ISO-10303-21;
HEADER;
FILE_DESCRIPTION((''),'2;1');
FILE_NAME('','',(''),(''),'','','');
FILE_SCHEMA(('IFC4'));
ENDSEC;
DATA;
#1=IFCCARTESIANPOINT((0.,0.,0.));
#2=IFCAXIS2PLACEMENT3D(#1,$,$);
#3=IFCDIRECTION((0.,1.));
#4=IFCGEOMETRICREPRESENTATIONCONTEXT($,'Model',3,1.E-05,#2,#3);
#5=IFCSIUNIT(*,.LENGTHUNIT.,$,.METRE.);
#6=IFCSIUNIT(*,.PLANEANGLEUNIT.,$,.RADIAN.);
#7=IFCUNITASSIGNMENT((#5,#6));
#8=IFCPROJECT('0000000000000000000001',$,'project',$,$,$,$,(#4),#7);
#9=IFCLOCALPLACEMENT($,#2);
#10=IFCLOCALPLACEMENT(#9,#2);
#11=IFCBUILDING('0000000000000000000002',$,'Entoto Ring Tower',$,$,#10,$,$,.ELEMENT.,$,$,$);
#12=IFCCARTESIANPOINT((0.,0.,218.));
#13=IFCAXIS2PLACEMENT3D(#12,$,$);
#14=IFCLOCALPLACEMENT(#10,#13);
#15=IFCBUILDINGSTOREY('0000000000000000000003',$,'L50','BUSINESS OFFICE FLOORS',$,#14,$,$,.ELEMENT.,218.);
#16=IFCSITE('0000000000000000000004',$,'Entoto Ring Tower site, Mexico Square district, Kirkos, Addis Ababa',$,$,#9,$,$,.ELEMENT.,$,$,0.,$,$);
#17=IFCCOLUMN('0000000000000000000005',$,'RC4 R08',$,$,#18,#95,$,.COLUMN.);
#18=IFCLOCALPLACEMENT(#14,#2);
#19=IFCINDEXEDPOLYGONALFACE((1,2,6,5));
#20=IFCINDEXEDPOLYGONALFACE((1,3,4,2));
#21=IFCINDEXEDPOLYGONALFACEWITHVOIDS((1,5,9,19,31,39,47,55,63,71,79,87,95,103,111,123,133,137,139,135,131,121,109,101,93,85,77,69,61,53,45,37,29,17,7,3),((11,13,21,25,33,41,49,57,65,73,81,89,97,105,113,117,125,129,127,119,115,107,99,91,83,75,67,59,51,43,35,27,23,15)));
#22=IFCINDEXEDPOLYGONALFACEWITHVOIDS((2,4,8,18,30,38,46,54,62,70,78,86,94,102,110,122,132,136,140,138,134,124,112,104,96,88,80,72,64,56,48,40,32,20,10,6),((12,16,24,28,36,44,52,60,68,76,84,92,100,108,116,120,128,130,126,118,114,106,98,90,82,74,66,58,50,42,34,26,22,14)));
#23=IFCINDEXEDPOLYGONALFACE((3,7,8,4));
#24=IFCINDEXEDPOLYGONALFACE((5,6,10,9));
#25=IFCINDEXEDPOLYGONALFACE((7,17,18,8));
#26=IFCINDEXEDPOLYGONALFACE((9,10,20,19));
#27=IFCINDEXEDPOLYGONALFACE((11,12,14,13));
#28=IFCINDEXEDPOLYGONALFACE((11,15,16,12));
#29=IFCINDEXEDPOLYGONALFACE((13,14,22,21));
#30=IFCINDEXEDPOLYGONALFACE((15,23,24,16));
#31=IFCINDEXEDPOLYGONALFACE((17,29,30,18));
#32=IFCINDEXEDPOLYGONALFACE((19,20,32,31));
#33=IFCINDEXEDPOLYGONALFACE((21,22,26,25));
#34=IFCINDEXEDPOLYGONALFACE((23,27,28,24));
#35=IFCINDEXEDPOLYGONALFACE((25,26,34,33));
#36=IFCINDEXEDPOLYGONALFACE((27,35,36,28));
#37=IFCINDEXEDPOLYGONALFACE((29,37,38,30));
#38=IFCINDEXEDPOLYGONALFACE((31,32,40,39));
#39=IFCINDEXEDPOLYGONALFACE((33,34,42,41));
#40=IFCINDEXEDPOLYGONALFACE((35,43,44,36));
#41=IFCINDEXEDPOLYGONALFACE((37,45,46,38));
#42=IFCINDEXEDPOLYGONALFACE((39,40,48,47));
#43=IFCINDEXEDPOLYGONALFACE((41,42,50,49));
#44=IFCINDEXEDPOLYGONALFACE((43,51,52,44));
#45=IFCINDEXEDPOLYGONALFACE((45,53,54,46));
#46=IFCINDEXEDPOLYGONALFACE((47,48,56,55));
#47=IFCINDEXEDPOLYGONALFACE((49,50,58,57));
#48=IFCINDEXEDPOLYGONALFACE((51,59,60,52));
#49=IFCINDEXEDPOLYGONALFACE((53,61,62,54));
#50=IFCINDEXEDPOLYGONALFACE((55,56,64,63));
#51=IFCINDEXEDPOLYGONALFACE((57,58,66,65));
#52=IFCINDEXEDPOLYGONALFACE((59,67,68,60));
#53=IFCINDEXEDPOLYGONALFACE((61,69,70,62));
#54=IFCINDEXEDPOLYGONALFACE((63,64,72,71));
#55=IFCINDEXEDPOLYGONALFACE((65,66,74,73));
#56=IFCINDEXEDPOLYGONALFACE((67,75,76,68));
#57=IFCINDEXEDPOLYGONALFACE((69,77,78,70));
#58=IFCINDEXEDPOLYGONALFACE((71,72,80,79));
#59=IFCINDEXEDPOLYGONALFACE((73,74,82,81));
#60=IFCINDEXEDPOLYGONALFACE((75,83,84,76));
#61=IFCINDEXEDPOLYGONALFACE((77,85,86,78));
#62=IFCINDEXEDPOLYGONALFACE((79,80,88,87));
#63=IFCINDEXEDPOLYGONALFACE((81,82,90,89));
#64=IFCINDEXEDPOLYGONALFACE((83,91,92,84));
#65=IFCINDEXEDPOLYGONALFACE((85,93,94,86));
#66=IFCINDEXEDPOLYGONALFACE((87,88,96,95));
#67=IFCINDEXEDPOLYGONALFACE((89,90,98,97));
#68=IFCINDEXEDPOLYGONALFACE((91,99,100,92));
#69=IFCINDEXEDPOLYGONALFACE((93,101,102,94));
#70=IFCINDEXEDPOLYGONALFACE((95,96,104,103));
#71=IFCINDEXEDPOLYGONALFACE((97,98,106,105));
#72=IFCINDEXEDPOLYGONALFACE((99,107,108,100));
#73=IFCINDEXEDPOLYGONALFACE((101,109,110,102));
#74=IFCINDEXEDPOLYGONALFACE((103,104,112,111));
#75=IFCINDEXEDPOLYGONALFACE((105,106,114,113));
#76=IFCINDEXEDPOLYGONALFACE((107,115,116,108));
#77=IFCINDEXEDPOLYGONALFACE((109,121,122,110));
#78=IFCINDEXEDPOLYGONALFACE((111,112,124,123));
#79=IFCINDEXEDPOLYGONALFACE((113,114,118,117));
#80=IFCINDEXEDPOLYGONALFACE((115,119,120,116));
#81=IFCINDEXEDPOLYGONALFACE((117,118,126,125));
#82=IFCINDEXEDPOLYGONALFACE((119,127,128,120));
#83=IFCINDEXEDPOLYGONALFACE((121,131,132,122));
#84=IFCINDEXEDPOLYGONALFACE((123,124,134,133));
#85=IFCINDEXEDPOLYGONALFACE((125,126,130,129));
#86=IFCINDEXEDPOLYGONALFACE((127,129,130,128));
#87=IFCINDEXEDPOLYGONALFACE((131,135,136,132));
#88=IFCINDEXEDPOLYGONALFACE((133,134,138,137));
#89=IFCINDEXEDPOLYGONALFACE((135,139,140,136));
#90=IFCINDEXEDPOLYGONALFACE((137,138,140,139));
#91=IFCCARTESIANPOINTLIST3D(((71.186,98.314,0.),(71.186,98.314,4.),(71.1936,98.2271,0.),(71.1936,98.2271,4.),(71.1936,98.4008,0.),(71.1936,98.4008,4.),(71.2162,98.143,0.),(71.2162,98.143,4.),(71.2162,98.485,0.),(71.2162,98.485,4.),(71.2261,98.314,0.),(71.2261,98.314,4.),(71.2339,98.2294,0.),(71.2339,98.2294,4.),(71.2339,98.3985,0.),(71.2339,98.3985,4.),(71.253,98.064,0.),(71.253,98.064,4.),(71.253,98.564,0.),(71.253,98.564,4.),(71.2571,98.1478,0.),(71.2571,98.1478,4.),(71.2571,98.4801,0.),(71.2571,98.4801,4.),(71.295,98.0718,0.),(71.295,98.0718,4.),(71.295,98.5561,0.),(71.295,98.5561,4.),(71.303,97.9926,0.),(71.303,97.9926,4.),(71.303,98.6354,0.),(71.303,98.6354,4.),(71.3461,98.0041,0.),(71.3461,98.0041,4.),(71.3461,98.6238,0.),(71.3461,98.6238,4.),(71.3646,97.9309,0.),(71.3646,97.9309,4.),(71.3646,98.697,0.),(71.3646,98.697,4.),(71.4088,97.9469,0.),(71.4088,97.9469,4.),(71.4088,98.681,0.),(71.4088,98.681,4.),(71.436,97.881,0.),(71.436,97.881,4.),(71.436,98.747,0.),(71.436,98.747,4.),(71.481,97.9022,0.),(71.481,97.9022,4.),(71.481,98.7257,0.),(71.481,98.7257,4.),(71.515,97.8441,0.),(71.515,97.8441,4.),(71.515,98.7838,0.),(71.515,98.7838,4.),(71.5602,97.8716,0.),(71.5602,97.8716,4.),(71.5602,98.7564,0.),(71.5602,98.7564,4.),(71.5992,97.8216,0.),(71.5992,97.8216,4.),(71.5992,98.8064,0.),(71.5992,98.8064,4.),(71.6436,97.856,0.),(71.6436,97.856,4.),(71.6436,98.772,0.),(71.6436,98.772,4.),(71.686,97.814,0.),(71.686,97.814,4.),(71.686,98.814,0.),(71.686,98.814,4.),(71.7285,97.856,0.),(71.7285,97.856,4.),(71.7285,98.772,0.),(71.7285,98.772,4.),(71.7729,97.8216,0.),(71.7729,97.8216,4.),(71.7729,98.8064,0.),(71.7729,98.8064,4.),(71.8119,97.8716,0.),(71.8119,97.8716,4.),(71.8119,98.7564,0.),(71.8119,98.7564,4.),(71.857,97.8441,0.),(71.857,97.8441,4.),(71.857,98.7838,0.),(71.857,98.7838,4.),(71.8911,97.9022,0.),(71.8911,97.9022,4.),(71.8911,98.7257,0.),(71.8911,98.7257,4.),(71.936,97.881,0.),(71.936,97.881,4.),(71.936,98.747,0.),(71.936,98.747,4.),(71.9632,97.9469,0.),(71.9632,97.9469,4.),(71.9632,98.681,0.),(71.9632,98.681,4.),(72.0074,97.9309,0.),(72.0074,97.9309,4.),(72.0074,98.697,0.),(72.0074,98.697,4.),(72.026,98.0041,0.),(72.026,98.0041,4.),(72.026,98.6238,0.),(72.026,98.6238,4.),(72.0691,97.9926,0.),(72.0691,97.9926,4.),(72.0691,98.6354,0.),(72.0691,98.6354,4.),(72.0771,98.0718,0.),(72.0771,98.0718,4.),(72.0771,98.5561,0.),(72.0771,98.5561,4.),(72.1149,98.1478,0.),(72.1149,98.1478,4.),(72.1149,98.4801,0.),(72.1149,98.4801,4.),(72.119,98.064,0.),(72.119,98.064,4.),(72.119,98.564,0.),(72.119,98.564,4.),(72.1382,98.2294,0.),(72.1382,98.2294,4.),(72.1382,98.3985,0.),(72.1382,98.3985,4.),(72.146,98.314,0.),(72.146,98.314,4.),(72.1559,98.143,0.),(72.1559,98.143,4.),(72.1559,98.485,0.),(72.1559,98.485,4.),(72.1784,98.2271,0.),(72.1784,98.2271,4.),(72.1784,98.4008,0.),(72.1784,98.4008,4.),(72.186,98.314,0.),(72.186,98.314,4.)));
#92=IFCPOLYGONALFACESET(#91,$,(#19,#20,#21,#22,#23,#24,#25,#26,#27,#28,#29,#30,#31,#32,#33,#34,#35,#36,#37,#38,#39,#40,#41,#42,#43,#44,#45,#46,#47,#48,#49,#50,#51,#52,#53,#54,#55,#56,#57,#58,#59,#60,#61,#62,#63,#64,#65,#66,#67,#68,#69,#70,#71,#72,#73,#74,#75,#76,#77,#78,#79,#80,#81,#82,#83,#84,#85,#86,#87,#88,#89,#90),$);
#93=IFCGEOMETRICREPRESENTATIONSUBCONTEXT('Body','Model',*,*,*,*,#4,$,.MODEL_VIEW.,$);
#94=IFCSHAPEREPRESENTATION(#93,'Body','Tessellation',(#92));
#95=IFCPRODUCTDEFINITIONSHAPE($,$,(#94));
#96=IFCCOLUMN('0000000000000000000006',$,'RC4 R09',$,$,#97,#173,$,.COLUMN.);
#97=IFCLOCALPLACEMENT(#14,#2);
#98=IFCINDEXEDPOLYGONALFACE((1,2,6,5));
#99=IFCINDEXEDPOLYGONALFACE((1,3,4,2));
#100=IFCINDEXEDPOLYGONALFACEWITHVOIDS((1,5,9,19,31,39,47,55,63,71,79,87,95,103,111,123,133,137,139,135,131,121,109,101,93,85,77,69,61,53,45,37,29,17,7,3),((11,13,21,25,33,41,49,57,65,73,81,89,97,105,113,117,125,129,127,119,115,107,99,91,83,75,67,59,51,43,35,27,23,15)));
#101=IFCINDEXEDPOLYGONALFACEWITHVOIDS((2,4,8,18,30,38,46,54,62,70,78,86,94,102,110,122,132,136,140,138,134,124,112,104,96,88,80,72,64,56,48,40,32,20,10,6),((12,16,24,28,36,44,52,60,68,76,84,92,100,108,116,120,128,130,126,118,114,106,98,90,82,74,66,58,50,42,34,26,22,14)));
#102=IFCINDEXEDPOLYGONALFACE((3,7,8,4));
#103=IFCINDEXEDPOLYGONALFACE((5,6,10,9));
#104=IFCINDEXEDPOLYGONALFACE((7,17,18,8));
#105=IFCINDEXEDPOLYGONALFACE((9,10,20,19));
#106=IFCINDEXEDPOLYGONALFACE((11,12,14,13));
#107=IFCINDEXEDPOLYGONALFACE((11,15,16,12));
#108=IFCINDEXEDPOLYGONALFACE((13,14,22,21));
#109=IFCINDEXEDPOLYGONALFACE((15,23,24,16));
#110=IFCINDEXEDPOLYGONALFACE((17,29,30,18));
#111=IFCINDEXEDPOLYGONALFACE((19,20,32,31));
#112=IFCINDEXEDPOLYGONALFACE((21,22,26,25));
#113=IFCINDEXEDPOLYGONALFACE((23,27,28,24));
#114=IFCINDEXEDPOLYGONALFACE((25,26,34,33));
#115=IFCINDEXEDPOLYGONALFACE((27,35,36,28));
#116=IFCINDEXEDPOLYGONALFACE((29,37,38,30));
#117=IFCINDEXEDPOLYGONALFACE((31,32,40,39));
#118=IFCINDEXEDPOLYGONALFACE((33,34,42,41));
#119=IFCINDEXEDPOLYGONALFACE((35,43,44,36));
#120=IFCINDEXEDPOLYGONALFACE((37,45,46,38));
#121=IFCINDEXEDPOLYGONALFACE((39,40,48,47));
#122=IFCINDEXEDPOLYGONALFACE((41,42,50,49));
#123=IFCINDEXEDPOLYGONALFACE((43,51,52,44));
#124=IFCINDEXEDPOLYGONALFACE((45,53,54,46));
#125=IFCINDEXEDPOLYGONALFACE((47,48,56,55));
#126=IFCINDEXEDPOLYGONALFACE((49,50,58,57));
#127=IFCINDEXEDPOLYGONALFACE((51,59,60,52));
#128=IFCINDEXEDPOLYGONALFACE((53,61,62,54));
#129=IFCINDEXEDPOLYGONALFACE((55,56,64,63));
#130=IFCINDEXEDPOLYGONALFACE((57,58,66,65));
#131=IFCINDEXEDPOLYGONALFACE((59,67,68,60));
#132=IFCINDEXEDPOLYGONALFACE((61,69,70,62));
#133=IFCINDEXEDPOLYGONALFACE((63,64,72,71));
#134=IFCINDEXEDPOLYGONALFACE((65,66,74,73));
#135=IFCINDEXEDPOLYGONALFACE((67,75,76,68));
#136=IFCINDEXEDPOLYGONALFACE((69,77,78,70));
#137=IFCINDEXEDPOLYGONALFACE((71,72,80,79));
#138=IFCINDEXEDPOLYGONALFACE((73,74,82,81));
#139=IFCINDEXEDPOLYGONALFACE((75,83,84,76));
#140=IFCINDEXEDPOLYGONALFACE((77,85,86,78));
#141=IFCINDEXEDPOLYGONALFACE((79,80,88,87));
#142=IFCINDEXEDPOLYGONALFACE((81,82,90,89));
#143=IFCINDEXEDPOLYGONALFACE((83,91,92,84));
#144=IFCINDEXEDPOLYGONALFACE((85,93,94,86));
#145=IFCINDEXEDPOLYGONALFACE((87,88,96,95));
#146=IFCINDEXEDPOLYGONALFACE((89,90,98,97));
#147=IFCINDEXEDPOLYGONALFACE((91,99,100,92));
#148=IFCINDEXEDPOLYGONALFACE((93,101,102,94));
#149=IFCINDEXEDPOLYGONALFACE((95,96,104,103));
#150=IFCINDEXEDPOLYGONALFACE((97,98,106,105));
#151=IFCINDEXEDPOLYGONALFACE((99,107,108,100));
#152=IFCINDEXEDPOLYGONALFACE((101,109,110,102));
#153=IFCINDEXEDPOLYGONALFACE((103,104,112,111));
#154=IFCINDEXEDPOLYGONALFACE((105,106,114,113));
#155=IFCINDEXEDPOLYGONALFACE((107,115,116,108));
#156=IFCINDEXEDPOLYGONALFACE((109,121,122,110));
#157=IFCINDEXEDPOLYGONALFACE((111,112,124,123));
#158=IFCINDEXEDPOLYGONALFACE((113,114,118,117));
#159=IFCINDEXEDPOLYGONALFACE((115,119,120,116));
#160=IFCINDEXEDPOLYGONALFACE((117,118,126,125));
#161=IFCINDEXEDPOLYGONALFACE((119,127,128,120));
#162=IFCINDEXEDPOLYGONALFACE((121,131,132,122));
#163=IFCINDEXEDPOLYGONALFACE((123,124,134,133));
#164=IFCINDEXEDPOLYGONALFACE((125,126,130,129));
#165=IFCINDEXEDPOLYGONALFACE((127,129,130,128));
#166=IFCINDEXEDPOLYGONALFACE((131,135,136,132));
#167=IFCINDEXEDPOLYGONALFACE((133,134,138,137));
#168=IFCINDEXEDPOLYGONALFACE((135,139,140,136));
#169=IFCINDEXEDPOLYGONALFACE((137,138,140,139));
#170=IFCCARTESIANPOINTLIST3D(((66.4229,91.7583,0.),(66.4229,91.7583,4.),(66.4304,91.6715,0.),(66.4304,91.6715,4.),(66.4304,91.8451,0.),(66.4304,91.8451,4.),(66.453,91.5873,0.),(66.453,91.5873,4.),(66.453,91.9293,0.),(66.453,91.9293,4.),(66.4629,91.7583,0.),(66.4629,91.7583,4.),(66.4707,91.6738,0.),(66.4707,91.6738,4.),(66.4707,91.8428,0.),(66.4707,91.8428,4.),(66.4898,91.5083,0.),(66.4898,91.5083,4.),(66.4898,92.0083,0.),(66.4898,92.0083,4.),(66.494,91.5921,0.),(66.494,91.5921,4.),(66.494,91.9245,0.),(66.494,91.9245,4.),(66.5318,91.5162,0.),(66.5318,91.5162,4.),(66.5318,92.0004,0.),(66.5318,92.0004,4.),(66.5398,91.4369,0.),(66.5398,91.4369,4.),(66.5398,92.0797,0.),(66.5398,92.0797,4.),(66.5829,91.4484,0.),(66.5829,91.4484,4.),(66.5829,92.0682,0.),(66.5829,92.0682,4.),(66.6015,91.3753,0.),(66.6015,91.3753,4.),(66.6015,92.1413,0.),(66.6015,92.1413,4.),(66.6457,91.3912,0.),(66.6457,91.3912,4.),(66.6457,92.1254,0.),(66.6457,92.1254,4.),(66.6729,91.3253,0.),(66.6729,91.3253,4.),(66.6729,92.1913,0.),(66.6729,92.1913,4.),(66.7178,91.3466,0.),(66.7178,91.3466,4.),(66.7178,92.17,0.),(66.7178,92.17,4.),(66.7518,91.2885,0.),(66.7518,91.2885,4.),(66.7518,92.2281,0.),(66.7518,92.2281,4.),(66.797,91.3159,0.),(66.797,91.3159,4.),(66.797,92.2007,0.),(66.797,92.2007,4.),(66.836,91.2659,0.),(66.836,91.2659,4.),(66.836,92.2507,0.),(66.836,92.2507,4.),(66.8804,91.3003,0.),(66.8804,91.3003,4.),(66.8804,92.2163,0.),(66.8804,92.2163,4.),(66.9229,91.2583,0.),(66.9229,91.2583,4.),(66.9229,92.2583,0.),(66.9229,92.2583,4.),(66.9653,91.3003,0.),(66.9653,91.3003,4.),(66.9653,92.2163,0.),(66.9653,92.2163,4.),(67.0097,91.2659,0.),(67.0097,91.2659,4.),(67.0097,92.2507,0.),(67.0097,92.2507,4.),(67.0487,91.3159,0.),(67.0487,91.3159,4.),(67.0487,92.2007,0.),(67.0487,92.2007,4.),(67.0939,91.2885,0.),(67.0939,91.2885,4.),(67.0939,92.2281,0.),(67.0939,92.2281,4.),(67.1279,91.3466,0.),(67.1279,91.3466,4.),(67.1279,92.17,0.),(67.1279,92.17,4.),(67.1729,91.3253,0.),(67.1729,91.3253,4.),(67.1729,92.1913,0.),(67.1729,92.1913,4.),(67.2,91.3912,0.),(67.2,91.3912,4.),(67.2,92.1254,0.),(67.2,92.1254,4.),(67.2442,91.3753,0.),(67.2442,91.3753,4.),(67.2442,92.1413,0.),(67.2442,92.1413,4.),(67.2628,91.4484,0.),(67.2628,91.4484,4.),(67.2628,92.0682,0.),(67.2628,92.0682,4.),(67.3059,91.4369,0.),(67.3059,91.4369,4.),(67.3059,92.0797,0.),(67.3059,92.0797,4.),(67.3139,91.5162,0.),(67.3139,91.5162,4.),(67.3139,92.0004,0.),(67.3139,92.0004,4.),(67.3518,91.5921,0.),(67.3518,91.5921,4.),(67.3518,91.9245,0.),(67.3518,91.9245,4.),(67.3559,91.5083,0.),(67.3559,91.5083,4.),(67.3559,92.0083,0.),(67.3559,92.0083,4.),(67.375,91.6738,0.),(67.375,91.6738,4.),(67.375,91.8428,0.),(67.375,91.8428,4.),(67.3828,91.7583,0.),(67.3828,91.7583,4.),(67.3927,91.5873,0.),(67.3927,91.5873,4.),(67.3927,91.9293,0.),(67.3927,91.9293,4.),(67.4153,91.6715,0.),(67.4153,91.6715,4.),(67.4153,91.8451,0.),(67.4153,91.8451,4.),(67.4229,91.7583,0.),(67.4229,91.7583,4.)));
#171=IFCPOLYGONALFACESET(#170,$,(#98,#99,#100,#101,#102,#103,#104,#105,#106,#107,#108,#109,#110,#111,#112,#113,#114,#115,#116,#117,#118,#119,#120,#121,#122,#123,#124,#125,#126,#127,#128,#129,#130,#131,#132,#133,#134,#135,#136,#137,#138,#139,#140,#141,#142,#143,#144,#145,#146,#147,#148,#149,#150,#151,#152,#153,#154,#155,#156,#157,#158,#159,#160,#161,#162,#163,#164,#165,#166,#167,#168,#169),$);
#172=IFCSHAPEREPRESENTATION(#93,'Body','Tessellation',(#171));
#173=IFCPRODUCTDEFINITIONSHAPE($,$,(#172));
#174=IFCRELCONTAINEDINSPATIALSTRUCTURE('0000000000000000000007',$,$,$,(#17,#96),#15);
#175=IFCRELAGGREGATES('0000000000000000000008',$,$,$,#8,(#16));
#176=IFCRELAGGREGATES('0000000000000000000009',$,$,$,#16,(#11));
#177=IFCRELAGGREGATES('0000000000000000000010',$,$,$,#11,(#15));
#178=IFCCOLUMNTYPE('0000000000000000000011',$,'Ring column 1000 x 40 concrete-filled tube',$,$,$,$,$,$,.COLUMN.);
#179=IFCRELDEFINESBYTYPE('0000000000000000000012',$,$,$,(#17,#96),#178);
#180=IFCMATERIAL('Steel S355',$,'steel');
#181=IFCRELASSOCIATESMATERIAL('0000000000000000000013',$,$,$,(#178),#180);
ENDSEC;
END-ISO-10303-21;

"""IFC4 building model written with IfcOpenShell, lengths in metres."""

from ifc_helpers import new_model, si_unit, direction, frame, origin, origin_2d, place, context, subcontext, project, spatial, circle, hollow_circle, extrude, material, material_profile, profile_set, type_object, element, save


model = new_model("IFC4")

# Units and contexts
model_context = context("Model", 3, precision=1e-05, world=origin(), true_north=direction((0.0, 1.0)))
body_context = subcontext(model_context, "Body", "Model", "MODEL_VIEW")
ifc_project = project(units=[si_unit("LENGTHUNIT", "METRE"), si_unit("PLANEANGLEUNIT", "RADIAN")], contexts=[model_context])

# Site, building, storey
site_placement = place(None, origin())
site = spatial("IfcSite", under=ifc_project, at=site_placement, Name="Entoto Ring Tower site, Mexico Square district, Kirkos, Addis Ababa", CompositionType="ELEMENT", RefElevation=0.0)
building_placement = place(site_placement, origin())
building = spatial("IfcBuilding", under=site, at=building_placement, Name="Entoto Ring Tower", CompositionType="ELEMENT")
storey_placement = place(building_placement, frame((0.0, 0.0, 218.0)))
storey = spatial("IfcBuildingStorey", under=building, at=storey_placement, Name="L50", Description="BUSINESS OFFICE FLOORS", CompositionType="ELEMENT", Elevation=218.0)

# Columns
ifc_material_1 = material(Name="Steel S355", Category="steel")
ifc_material_profile_1 = material_profile(ifc_material_1, hollow_circle(Radius=0.5, WallThickness=0.04, at=origin_2d()), Name="CHS 1000 x 40")
ifc_material_2 = material(Name="Concrete C60/75", Category="concrete")
ifc_material_profile_2 = material_profile(ifc_material_2, circle(Radius=0.46, at=origin_2d()), Name="Concrete C60/75 infill")
ifc_profile_set_1 = profile_set([ifc_material_profile_1, ifc_material_profile_2], Name="Steel S355")
column_type = type_object("IfcColumnType", Name="Ring column 1000 x 40 concrete-filled tube", PredefinedType="COLUMN", material=ifc_profile_set_1)
for number, where, z_axis, x_axis, name in (
    (1, (71.686, 98.314, 0.0), (0.0, 0.0, 1.0), (1.0, 0.0, 0.0), "RC4 R08"),
    (2, (66.9229, 91.7583, 0.0), (0.0, 0.0, 1.0), (1.0, 0.0, 0.0), "RC4 R09"),
):
    element("IfcColumn", number, at=place(storey_placement, frame(where, z_axis=z_axis, x_axis=x_axis)), inside=storey, type_object=column_type, Name=name, PredefinedType="COLUMN", context=body_context, shape_type="SweptSolid", body=[
        extrude(hollow_circle(Radius=0.5, WallThickness=0.04, at=origin_2d()), origin(), (0.0, 0.0, 1.0), 4.0),
    ])

save(model, "model.ifc")
